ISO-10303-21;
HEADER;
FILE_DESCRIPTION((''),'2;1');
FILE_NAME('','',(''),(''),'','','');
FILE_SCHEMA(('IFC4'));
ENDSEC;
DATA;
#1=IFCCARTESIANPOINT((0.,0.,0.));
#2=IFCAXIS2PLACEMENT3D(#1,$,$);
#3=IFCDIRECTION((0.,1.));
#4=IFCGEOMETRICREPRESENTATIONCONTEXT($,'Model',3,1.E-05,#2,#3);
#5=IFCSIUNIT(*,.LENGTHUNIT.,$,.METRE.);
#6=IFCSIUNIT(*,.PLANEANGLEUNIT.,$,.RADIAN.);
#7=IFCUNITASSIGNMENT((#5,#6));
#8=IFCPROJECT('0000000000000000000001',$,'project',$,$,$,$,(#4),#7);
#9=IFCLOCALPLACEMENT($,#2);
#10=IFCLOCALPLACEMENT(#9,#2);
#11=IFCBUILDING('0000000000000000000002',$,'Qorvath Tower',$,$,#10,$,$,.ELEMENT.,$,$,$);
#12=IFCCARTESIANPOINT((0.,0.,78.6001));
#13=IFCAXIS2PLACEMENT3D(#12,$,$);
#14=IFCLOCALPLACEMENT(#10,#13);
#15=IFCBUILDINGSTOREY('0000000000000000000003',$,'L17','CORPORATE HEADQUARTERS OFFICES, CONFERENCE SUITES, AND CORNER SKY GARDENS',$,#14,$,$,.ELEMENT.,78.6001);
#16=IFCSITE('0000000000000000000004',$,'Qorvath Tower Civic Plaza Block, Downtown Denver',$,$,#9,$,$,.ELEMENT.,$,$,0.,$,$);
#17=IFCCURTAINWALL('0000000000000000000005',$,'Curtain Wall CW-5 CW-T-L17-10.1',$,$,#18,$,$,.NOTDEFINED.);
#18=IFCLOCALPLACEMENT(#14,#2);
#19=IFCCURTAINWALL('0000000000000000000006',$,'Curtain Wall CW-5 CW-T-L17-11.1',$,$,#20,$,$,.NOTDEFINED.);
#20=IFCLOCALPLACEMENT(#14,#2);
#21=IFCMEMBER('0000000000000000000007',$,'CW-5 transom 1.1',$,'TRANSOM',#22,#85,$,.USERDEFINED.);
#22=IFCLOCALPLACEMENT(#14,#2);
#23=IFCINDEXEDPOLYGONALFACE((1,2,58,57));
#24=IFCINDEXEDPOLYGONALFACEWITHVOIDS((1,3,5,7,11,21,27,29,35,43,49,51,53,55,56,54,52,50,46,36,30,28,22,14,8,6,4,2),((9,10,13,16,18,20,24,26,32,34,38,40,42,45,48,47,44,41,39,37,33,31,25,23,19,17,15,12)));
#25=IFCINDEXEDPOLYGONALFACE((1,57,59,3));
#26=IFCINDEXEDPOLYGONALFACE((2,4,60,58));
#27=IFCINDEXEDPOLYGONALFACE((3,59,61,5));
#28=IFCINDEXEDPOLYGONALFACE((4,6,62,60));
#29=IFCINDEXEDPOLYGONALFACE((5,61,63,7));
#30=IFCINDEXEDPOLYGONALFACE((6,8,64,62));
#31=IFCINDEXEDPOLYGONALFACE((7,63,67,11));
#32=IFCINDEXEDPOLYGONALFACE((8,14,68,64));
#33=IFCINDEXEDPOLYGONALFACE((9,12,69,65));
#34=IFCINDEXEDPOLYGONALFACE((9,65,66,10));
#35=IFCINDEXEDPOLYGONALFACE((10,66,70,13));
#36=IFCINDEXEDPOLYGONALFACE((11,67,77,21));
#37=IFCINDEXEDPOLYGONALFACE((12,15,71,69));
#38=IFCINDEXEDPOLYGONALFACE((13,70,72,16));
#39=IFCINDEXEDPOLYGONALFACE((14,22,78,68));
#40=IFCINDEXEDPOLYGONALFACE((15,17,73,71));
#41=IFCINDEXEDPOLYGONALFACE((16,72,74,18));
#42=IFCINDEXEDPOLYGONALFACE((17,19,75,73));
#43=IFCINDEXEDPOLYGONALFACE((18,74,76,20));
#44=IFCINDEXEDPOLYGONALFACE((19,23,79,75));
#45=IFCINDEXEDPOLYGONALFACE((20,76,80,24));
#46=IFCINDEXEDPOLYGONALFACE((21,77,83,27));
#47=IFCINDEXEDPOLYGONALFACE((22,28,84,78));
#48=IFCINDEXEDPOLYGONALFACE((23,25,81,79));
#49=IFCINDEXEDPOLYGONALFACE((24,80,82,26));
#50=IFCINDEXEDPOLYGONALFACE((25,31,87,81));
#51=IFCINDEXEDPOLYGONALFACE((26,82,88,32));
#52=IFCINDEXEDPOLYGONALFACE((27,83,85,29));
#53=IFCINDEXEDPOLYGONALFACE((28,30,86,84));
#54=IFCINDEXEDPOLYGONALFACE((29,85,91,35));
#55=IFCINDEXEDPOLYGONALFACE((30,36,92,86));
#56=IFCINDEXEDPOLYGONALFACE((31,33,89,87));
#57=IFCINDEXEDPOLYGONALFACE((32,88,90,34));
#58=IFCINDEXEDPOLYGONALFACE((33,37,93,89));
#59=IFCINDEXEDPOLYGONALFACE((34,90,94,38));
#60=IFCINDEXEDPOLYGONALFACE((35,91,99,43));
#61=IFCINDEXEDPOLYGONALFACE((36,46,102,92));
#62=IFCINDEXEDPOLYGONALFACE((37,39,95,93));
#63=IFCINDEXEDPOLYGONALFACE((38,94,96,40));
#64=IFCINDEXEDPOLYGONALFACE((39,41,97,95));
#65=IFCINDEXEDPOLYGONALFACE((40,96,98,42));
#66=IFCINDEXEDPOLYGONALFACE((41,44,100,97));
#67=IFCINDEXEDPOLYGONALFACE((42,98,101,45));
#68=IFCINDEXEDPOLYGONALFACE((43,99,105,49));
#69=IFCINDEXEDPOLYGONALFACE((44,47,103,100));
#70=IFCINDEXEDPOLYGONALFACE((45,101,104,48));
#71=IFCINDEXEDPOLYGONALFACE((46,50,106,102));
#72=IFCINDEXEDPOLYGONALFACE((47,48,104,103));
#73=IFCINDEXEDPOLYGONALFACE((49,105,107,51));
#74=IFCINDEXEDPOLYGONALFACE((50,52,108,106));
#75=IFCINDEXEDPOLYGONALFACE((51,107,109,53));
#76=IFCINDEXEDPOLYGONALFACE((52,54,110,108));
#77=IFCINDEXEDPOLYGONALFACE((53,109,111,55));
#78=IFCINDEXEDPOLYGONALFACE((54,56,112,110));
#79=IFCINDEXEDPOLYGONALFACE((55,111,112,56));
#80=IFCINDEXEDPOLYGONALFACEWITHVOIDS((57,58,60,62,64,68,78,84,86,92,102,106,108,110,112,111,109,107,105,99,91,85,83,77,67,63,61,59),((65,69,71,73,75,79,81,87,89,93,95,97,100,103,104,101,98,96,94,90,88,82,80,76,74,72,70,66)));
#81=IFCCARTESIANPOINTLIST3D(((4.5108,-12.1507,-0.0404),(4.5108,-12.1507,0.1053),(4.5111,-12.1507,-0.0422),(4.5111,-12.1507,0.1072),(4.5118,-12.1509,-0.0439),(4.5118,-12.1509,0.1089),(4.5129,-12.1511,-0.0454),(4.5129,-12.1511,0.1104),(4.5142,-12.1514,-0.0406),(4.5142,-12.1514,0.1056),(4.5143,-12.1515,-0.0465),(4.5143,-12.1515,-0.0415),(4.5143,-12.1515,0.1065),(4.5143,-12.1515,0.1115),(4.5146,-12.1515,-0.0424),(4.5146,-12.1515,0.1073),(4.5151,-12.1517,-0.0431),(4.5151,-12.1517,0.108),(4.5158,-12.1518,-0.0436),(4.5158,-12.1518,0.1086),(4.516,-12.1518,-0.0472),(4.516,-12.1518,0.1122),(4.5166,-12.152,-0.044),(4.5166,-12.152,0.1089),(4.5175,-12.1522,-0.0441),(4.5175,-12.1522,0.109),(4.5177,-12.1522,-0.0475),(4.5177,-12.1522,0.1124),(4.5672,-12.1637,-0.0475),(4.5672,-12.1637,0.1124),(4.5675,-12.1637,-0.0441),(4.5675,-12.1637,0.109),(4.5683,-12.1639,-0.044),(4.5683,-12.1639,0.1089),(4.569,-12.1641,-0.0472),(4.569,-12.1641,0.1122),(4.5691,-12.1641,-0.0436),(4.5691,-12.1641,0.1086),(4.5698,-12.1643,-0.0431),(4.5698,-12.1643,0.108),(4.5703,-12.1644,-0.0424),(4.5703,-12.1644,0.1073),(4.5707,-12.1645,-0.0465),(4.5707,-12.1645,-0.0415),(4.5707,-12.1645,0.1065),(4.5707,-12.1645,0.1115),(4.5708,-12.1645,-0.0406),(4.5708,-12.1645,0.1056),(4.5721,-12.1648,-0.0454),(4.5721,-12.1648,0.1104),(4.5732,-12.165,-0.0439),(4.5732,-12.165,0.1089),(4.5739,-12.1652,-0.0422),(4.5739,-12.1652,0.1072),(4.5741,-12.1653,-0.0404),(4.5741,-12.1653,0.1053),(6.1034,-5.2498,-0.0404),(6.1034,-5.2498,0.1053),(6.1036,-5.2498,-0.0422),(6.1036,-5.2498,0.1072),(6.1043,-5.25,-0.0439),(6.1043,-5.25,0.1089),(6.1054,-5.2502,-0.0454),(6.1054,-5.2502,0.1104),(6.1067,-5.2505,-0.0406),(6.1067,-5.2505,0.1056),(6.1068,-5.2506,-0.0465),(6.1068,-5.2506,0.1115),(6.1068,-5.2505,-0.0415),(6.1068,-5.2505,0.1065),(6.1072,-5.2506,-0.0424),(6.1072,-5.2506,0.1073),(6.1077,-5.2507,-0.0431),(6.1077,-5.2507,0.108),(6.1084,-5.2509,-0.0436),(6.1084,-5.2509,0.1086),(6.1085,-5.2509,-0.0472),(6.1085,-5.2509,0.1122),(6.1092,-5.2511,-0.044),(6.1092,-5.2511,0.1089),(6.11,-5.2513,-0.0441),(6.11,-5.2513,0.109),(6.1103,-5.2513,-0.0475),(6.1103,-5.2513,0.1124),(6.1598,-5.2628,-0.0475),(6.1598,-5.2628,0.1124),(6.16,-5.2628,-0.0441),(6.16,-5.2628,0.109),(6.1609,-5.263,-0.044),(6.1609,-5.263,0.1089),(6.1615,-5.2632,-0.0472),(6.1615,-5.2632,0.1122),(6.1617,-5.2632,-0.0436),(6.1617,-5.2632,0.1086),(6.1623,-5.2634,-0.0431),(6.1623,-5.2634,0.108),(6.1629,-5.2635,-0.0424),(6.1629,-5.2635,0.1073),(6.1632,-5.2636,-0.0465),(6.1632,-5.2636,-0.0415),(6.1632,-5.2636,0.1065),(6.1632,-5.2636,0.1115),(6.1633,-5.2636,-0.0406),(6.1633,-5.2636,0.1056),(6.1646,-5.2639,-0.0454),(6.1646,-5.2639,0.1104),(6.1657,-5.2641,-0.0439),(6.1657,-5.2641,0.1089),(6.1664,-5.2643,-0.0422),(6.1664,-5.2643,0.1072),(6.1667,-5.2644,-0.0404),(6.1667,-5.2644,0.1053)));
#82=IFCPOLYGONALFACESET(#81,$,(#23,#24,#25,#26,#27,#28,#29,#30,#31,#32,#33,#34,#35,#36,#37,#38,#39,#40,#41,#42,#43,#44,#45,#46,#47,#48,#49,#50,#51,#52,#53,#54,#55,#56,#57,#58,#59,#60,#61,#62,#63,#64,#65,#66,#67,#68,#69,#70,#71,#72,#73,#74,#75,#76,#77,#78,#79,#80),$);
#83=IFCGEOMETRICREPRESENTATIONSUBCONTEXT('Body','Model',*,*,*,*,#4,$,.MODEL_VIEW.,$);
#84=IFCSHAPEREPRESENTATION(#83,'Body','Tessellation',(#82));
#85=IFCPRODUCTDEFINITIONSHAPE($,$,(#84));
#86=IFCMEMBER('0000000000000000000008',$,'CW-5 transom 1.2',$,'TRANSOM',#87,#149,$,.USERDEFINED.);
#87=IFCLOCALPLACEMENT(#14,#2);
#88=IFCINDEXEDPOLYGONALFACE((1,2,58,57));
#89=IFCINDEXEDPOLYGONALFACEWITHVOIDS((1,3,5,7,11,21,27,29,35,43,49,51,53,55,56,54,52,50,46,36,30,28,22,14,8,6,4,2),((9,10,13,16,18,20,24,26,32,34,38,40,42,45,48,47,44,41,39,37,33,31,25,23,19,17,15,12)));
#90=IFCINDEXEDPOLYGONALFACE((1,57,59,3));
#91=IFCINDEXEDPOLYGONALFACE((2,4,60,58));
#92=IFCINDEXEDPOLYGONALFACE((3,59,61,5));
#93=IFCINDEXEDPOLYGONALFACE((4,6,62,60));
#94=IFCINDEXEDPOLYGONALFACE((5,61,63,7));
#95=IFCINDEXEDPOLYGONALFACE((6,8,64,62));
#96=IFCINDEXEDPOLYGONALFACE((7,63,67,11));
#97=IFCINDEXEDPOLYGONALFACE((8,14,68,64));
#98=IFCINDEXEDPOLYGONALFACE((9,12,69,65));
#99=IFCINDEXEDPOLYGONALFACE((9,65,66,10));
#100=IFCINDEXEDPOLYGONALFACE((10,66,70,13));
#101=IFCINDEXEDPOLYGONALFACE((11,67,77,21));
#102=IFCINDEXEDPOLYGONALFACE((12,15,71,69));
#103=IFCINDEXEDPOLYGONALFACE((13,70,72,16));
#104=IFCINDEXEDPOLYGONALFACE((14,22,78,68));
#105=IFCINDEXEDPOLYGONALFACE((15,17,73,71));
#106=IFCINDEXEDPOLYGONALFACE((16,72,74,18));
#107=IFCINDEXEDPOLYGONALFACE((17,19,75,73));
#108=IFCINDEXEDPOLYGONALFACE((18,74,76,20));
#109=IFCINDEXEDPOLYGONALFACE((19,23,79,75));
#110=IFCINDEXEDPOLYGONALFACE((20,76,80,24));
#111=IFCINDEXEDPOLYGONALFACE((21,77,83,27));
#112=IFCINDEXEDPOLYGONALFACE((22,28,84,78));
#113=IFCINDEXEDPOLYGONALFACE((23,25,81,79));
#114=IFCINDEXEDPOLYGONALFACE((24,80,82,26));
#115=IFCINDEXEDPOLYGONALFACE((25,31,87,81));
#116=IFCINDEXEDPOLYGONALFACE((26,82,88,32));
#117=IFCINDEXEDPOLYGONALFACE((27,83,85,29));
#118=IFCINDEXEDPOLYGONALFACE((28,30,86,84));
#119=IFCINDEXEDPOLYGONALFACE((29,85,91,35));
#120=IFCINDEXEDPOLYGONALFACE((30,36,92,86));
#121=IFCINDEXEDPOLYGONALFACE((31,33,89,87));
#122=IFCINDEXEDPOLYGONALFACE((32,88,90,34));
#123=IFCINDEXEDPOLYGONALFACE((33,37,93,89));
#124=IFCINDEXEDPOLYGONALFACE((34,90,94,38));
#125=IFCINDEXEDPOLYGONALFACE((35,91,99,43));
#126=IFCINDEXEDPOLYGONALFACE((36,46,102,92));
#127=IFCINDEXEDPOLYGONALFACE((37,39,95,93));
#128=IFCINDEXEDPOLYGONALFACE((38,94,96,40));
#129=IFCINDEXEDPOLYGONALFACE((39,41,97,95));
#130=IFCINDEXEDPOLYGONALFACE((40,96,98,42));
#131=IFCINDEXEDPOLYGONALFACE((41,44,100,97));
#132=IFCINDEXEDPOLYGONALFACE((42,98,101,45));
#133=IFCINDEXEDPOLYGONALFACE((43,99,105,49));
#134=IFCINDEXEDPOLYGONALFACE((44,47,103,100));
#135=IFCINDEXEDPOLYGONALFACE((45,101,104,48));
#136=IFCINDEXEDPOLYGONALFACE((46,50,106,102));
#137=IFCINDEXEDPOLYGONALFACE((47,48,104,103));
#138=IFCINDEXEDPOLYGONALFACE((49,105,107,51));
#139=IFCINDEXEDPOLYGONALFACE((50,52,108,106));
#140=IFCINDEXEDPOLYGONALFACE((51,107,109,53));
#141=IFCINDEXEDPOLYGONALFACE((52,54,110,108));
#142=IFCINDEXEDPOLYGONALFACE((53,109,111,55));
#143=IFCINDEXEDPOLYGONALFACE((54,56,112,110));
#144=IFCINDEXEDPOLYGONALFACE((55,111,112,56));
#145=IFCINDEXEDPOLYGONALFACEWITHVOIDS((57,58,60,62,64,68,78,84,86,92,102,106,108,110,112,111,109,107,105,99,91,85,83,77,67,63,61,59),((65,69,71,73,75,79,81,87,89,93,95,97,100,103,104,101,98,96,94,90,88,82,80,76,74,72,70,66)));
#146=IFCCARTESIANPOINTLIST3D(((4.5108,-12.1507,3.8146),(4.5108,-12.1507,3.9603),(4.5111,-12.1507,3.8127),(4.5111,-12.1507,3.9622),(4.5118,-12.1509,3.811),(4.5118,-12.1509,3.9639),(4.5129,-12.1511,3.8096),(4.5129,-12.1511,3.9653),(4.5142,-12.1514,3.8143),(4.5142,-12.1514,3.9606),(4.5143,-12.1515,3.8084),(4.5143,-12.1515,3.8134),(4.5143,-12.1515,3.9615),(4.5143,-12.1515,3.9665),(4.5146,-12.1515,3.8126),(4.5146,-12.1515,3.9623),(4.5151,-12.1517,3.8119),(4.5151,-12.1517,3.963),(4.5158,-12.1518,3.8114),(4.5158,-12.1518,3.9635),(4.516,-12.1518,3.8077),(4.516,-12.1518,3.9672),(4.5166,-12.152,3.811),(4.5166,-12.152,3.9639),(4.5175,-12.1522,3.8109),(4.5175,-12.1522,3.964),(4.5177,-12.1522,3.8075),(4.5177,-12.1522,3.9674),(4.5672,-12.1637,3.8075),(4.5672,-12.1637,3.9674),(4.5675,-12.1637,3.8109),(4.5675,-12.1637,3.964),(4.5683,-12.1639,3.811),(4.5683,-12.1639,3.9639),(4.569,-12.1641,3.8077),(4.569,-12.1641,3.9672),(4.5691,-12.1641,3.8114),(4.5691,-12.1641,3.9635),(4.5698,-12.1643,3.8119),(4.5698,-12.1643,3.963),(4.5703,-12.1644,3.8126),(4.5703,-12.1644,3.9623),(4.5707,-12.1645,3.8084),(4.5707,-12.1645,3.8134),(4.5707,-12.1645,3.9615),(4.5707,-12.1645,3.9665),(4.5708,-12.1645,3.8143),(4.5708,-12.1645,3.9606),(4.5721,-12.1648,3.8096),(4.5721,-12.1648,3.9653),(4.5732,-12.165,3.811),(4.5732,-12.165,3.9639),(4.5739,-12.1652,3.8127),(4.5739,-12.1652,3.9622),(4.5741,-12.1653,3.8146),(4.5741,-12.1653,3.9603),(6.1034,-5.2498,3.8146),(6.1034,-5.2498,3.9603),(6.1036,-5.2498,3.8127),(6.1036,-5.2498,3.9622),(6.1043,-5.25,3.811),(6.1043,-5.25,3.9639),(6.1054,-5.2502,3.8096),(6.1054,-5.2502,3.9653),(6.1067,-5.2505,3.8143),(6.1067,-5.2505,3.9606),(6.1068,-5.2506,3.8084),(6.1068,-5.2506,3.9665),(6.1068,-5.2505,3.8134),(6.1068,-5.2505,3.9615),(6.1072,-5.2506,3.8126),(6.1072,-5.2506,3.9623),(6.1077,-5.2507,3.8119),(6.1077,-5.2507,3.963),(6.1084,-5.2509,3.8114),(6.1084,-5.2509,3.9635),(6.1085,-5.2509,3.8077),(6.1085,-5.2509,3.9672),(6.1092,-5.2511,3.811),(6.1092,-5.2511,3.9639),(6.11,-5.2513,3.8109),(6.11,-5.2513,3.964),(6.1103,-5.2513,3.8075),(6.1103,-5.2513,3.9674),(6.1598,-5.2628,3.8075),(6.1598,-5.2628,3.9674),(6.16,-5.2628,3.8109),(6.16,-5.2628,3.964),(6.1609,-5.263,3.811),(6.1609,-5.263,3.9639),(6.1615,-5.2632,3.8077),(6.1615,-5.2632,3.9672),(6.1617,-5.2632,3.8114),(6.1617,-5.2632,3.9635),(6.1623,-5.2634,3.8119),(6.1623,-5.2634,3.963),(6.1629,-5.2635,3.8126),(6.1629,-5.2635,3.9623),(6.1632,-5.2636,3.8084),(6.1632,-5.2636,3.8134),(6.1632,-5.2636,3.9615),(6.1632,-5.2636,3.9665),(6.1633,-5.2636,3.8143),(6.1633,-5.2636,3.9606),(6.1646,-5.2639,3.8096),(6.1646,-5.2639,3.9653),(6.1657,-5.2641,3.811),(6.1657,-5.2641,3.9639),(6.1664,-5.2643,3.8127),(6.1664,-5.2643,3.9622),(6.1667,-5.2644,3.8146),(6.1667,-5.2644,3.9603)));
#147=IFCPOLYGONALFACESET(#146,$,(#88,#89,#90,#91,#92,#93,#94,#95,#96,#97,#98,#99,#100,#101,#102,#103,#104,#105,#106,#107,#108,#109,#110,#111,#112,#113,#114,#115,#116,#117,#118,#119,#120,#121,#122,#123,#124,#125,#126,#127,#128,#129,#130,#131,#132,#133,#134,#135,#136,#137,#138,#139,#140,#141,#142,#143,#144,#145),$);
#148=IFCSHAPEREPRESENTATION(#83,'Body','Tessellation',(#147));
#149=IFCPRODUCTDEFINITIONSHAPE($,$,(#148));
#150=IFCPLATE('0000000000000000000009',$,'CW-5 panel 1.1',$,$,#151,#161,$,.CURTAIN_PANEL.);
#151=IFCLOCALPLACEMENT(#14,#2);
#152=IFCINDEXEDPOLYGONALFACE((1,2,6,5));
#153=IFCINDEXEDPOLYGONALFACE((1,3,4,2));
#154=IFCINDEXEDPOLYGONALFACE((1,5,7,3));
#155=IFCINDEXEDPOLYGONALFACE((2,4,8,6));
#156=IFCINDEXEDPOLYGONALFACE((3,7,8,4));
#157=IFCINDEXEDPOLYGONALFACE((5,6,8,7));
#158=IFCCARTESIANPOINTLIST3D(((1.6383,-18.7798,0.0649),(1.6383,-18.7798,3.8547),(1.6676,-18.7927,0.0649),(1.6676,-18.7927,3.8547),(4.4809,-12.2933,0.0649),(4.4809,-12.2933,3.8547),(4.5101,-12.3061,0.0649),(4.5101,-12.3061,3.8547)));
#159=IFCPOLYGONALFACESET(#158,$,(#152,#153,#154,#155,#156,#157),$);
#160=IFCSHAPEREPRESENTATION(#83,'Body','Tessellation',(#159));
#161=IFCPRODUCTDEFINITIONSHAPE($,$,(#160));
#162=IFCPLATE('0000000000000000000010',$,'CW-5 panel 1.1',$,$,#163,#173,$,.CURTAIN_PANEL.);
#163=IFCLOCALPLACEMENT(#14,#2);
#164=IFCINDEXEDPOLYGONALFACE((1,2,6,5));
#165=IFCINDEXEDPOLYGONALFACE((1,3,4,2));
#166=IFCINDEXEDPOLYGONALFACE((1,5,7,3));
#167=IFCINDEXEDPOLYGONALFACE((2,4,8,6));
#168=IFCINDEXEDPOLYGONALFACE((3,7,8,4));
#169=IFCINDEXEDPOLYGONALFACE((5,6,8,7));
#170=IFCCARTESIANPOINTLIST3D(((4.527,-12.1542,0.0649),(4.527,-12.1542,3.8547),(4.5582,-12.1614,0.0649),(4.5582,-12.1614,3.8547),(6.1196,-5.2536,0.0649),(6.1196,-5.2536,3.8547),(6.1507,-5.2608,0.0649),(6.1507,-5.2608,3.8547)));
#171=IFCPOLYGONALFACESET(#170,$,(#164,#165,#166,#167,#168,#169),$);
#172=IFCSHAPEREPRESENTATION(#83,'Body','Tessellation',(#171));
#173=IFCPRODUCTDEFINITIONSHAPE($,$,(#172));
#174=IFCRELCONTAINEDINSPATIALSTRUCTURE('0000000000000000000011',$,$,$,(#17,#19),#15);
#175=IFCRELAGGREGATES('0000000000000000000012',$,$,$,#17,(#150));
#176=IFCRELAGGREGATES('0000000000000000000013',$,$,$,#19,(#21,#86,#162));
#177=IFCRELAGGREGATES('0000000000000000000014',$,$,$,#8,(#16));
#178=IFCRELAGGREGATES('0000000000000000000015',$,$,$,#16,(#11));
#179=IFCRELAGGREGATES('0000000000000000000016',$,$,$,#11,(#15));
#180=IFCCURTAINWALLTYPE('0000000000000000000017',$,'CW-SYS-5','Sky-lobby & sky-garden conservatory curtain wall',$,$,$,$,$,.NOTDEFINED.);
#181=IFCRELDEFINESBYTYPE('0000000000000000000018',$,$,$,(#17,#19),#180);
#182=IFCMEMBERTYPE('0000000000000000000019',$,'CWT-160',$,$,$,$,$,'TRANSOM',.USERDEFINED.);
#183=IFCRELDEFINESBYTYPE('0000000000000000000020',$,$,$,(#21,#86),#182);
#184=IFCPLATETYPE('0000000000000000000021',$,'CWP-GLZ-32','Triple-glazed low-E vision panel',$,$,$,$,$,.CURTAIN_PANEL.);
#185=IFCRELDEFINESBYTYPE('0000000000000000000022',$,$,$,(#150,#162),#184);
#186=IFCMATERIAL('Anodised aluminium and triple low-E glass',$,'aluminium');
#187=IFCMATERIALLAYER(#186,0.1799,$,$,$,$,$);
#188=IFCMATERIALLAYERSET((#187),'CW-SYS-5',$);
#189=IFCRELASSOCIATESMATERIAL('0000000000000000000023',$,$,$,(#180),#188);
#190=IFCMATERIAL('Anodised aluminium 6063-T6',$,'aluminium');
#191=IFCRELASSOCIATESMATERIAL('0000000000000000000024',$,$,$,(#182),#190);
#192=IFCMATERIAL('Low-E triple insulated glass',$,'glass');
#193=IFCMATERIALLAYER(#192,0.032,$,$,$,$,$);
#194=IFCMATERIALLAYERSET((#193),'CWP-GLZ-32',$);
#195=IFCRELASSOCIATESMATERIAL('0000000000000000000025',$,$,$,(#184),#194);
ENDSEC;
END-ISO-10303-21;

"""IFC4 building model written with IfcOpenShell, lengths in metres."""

from ifc_helpers import new_model, si_unit, direction, frame, origin, origin_2d, place, context, subcontext, project, spatial, rectangle, hollow_rectangle, extrude, material, layer, layer_set, material_profile, profile_set, type_object, element, aggregate, save


model = new_model("IFC4")

# Units and contexts
model_context = context("Model", 3, precision=1e-05, world=origin(), true_north=direction((0.0, 1.0)))
body_context = subcontext(model_context, "Body", "Model", "MODEL_VIEW")
ifc_project = project(units=[si_unit("LENGTHUNIT", "METRE"), si_unit("PLANEANGLEUNIT", "RADIAN")], contexts=[model_context])

# Site, building, storey
site_placement = place(None, origin())
site = spatial("IfcSite", under=ifc_project, at=site_placement, Name="Qorvath Tower Civic Plaza Block, Downtown Denver", CompositionType="ELEMENT", RefElevation=0.0)
building_placement = place(site_placement, origin())
building = spatial("IfcBuilding", under=site, at=building_placement, Name="Qorvath Tower", CompositionType="ELEMENT")
storey_placement = place(building_placement, frame((0.0, 0.0, 78.6001)))
storey = spatial("IfcBuildingStorey", under=building, at=storey_placement, Name="L17", Description="CORPORATE HEADQUARTERS OFFICES, CONFERENCE SUITES, AND CORNER SKY GARDENS", CompositionType="ELEMENT", Elevation=78.6001)

# Shared definitions
ifc_material_1 = material(Name="Anodised aluminium and triple low-E glass", Category="aluminium")
ifc_layer_1 = layer(ifc_material_1, 0.1799)
ifc_layer_set_1 = layer_set([ifc_layer_1], Name="CW-SYS-5")
curtain_wall_type = type_object("IfcCurtainWallType", Name="CW-SYS-5", Description="Sky-lobby & sky-garden conservatory curtain wall", PredefinedType="NOTDEFINED", material=ifc_layer_set_1)

# Curtain wall
curtain_wall_1_placement = place(storey_placement, origin())
curtain_wall_1 = element("IfcCurtainWall", 1, at=curtain_wall_1_placement, inside=storey, type_object=curtain_wall_type, Name="Curtain Wall CW-5 CW-T-L17-10.1", PredefinedType="NOTDEFINED")

# Curtain wall
curtain_wall_2_placement = place(storey_placement, origin())
curtain_wall_2 = element("IfcCurtainWall", 2, at=curtain_wall_2_placement, inside=storey, type_object=curtain_wall_type, Name="Curtain Wall CW-5 CW-T-L17-11.1", PredefinedType="NOTDEFINED")

# Members
ifc_material_2 = material(Name="Anodised aluminium 6063-T6", Category="aluminium")
ifc_material_profile_1 = material_profile(ifc_material_2, hollow_rectangle(XDim=0.0649, YDim=0.1599, WallThickness=0.0034, InnerFilletRadius=0.0034, OuterFilletRadius=0.0071, at=origin_2d()), Name="CWT 160x65")
ifc_profile_set_1 = profile_set([ifc_material_profile_1], Name="Anodised aluminium 6063-T6")
member_type_1 = type_object("IfcMemberType", Name="CWT-160", ElementType="TRANSOM", PredefinedType="USERDEFINED", material=ifc_profile_set_1)
member_1_placement = place(storey_placement, frame((4.5425, -12.158, 0.0325), z_axis=(0.224862, 0.974391, 0.0), x_axis=(-0.974391, 0.224862, 0.0)))
member_1 = element("IfcMember", 3, at=member_1_placement, type_object=member_type_1, Name="CW-5 transom 1.1", ObjectType="TRANSOM", PredefinedType="USERDEFINED", context=body_context, shape_type="SweptSolid", body=[
    extrude(hollow_rectangle(XDim=0.0649, YDim=0.1599, WallThickness=0.0034, InnerFilletRadius=0.0034, OuterFilletRadius=0.0071, at=origin_2d()), origin(), (0.0, 0.0, 1.0), 7.0823),
])
member_2_placement = place(storey_placement, frame((4.5425, -12.158, 3.8875), z_axis=(0.224862, 0.974391, 0.0), x_axis=(-0.974391, 0.224862, 0.0)))
member_2 = element("IfcMember", 4, at=member_2_placement, type_object=member_type_1, Name="CW-5 transom 1.2", ObjectType="TRANSOM", PredefinedType="USERDEFINED", context=body_context, shape_type="SweptSolid", body=[
    extrude(hollow_rectangle(XDim=0.0649, YDim=0.1599, WallThickness=0.0034, InnerFilletRadius=0.0034, OuterFilletRadius=0.0071, at=origin_2d()), origin(), (0.0, 0.0, 1.0), 7.0823),
])

# Plates
ifc_material_3 = material(Name="Low-E triple insulated glass", Category="glass")
ifc_layer_2 = layer(ifc_material_3, 0.032)
ifc_layer_set_2 = layer_set([ifc_layer_2], Name="CWP-GLZ-32")
plate_type = type_object("IfcPlateType", Name="CWP-GLZ-32", Description="Triple-glazed low-E vision panel", PredefinedType="CURTAIN_PANEL", material=ifc_layer_set_2)
plate_1_placement = place(storey_placement, frame((3.0742, -15.543, 0.0649), z_axis=(0.0, 0.0, 1.0), x_axis=(0.401376, 0.915913, 0.0)))
plate_1 = element("IfcPlate", 5, at=plate_1_placement, type_object=plate_type, Name="CW-5 panel 1.1", PredefinedType="CURTAIN_PANEL", context=body_context, shape_type="SweptSolid", body=[
    extrude(rectangle(XDim=7.082, YDim=0.032, at=origin_2d()), origin(), (0.0, 0.0, 1.0), 3.7898),
])
aggregate(curtain_wall_1, [plate_1])
plate_2_placement = place(storey_placement, frame((5.3389, -8.7075, 0.0649), z_axis=(0.0, 0.0, 1.0), x_axis=(0.224872, 0.974388, 0.0)))
plate_2 = element("IfcPlate", 6, at=plate_2_placement, type_object=plate_type, Name="CW-5 panel 1.1", PredefinedType="CURTAIN_PANEL", context=body_context, shape_type="SweptSolid", body=[
    extrude(rectangle(XDim=7.082, YDim=0.032, at=origin_2d()), origin(), (0.0, 0.0, 1.0), 3.7898),
])
aggregate(curtain_wall_2, [member_1, member_2, plate_2])

save(model, "model.ifc")
